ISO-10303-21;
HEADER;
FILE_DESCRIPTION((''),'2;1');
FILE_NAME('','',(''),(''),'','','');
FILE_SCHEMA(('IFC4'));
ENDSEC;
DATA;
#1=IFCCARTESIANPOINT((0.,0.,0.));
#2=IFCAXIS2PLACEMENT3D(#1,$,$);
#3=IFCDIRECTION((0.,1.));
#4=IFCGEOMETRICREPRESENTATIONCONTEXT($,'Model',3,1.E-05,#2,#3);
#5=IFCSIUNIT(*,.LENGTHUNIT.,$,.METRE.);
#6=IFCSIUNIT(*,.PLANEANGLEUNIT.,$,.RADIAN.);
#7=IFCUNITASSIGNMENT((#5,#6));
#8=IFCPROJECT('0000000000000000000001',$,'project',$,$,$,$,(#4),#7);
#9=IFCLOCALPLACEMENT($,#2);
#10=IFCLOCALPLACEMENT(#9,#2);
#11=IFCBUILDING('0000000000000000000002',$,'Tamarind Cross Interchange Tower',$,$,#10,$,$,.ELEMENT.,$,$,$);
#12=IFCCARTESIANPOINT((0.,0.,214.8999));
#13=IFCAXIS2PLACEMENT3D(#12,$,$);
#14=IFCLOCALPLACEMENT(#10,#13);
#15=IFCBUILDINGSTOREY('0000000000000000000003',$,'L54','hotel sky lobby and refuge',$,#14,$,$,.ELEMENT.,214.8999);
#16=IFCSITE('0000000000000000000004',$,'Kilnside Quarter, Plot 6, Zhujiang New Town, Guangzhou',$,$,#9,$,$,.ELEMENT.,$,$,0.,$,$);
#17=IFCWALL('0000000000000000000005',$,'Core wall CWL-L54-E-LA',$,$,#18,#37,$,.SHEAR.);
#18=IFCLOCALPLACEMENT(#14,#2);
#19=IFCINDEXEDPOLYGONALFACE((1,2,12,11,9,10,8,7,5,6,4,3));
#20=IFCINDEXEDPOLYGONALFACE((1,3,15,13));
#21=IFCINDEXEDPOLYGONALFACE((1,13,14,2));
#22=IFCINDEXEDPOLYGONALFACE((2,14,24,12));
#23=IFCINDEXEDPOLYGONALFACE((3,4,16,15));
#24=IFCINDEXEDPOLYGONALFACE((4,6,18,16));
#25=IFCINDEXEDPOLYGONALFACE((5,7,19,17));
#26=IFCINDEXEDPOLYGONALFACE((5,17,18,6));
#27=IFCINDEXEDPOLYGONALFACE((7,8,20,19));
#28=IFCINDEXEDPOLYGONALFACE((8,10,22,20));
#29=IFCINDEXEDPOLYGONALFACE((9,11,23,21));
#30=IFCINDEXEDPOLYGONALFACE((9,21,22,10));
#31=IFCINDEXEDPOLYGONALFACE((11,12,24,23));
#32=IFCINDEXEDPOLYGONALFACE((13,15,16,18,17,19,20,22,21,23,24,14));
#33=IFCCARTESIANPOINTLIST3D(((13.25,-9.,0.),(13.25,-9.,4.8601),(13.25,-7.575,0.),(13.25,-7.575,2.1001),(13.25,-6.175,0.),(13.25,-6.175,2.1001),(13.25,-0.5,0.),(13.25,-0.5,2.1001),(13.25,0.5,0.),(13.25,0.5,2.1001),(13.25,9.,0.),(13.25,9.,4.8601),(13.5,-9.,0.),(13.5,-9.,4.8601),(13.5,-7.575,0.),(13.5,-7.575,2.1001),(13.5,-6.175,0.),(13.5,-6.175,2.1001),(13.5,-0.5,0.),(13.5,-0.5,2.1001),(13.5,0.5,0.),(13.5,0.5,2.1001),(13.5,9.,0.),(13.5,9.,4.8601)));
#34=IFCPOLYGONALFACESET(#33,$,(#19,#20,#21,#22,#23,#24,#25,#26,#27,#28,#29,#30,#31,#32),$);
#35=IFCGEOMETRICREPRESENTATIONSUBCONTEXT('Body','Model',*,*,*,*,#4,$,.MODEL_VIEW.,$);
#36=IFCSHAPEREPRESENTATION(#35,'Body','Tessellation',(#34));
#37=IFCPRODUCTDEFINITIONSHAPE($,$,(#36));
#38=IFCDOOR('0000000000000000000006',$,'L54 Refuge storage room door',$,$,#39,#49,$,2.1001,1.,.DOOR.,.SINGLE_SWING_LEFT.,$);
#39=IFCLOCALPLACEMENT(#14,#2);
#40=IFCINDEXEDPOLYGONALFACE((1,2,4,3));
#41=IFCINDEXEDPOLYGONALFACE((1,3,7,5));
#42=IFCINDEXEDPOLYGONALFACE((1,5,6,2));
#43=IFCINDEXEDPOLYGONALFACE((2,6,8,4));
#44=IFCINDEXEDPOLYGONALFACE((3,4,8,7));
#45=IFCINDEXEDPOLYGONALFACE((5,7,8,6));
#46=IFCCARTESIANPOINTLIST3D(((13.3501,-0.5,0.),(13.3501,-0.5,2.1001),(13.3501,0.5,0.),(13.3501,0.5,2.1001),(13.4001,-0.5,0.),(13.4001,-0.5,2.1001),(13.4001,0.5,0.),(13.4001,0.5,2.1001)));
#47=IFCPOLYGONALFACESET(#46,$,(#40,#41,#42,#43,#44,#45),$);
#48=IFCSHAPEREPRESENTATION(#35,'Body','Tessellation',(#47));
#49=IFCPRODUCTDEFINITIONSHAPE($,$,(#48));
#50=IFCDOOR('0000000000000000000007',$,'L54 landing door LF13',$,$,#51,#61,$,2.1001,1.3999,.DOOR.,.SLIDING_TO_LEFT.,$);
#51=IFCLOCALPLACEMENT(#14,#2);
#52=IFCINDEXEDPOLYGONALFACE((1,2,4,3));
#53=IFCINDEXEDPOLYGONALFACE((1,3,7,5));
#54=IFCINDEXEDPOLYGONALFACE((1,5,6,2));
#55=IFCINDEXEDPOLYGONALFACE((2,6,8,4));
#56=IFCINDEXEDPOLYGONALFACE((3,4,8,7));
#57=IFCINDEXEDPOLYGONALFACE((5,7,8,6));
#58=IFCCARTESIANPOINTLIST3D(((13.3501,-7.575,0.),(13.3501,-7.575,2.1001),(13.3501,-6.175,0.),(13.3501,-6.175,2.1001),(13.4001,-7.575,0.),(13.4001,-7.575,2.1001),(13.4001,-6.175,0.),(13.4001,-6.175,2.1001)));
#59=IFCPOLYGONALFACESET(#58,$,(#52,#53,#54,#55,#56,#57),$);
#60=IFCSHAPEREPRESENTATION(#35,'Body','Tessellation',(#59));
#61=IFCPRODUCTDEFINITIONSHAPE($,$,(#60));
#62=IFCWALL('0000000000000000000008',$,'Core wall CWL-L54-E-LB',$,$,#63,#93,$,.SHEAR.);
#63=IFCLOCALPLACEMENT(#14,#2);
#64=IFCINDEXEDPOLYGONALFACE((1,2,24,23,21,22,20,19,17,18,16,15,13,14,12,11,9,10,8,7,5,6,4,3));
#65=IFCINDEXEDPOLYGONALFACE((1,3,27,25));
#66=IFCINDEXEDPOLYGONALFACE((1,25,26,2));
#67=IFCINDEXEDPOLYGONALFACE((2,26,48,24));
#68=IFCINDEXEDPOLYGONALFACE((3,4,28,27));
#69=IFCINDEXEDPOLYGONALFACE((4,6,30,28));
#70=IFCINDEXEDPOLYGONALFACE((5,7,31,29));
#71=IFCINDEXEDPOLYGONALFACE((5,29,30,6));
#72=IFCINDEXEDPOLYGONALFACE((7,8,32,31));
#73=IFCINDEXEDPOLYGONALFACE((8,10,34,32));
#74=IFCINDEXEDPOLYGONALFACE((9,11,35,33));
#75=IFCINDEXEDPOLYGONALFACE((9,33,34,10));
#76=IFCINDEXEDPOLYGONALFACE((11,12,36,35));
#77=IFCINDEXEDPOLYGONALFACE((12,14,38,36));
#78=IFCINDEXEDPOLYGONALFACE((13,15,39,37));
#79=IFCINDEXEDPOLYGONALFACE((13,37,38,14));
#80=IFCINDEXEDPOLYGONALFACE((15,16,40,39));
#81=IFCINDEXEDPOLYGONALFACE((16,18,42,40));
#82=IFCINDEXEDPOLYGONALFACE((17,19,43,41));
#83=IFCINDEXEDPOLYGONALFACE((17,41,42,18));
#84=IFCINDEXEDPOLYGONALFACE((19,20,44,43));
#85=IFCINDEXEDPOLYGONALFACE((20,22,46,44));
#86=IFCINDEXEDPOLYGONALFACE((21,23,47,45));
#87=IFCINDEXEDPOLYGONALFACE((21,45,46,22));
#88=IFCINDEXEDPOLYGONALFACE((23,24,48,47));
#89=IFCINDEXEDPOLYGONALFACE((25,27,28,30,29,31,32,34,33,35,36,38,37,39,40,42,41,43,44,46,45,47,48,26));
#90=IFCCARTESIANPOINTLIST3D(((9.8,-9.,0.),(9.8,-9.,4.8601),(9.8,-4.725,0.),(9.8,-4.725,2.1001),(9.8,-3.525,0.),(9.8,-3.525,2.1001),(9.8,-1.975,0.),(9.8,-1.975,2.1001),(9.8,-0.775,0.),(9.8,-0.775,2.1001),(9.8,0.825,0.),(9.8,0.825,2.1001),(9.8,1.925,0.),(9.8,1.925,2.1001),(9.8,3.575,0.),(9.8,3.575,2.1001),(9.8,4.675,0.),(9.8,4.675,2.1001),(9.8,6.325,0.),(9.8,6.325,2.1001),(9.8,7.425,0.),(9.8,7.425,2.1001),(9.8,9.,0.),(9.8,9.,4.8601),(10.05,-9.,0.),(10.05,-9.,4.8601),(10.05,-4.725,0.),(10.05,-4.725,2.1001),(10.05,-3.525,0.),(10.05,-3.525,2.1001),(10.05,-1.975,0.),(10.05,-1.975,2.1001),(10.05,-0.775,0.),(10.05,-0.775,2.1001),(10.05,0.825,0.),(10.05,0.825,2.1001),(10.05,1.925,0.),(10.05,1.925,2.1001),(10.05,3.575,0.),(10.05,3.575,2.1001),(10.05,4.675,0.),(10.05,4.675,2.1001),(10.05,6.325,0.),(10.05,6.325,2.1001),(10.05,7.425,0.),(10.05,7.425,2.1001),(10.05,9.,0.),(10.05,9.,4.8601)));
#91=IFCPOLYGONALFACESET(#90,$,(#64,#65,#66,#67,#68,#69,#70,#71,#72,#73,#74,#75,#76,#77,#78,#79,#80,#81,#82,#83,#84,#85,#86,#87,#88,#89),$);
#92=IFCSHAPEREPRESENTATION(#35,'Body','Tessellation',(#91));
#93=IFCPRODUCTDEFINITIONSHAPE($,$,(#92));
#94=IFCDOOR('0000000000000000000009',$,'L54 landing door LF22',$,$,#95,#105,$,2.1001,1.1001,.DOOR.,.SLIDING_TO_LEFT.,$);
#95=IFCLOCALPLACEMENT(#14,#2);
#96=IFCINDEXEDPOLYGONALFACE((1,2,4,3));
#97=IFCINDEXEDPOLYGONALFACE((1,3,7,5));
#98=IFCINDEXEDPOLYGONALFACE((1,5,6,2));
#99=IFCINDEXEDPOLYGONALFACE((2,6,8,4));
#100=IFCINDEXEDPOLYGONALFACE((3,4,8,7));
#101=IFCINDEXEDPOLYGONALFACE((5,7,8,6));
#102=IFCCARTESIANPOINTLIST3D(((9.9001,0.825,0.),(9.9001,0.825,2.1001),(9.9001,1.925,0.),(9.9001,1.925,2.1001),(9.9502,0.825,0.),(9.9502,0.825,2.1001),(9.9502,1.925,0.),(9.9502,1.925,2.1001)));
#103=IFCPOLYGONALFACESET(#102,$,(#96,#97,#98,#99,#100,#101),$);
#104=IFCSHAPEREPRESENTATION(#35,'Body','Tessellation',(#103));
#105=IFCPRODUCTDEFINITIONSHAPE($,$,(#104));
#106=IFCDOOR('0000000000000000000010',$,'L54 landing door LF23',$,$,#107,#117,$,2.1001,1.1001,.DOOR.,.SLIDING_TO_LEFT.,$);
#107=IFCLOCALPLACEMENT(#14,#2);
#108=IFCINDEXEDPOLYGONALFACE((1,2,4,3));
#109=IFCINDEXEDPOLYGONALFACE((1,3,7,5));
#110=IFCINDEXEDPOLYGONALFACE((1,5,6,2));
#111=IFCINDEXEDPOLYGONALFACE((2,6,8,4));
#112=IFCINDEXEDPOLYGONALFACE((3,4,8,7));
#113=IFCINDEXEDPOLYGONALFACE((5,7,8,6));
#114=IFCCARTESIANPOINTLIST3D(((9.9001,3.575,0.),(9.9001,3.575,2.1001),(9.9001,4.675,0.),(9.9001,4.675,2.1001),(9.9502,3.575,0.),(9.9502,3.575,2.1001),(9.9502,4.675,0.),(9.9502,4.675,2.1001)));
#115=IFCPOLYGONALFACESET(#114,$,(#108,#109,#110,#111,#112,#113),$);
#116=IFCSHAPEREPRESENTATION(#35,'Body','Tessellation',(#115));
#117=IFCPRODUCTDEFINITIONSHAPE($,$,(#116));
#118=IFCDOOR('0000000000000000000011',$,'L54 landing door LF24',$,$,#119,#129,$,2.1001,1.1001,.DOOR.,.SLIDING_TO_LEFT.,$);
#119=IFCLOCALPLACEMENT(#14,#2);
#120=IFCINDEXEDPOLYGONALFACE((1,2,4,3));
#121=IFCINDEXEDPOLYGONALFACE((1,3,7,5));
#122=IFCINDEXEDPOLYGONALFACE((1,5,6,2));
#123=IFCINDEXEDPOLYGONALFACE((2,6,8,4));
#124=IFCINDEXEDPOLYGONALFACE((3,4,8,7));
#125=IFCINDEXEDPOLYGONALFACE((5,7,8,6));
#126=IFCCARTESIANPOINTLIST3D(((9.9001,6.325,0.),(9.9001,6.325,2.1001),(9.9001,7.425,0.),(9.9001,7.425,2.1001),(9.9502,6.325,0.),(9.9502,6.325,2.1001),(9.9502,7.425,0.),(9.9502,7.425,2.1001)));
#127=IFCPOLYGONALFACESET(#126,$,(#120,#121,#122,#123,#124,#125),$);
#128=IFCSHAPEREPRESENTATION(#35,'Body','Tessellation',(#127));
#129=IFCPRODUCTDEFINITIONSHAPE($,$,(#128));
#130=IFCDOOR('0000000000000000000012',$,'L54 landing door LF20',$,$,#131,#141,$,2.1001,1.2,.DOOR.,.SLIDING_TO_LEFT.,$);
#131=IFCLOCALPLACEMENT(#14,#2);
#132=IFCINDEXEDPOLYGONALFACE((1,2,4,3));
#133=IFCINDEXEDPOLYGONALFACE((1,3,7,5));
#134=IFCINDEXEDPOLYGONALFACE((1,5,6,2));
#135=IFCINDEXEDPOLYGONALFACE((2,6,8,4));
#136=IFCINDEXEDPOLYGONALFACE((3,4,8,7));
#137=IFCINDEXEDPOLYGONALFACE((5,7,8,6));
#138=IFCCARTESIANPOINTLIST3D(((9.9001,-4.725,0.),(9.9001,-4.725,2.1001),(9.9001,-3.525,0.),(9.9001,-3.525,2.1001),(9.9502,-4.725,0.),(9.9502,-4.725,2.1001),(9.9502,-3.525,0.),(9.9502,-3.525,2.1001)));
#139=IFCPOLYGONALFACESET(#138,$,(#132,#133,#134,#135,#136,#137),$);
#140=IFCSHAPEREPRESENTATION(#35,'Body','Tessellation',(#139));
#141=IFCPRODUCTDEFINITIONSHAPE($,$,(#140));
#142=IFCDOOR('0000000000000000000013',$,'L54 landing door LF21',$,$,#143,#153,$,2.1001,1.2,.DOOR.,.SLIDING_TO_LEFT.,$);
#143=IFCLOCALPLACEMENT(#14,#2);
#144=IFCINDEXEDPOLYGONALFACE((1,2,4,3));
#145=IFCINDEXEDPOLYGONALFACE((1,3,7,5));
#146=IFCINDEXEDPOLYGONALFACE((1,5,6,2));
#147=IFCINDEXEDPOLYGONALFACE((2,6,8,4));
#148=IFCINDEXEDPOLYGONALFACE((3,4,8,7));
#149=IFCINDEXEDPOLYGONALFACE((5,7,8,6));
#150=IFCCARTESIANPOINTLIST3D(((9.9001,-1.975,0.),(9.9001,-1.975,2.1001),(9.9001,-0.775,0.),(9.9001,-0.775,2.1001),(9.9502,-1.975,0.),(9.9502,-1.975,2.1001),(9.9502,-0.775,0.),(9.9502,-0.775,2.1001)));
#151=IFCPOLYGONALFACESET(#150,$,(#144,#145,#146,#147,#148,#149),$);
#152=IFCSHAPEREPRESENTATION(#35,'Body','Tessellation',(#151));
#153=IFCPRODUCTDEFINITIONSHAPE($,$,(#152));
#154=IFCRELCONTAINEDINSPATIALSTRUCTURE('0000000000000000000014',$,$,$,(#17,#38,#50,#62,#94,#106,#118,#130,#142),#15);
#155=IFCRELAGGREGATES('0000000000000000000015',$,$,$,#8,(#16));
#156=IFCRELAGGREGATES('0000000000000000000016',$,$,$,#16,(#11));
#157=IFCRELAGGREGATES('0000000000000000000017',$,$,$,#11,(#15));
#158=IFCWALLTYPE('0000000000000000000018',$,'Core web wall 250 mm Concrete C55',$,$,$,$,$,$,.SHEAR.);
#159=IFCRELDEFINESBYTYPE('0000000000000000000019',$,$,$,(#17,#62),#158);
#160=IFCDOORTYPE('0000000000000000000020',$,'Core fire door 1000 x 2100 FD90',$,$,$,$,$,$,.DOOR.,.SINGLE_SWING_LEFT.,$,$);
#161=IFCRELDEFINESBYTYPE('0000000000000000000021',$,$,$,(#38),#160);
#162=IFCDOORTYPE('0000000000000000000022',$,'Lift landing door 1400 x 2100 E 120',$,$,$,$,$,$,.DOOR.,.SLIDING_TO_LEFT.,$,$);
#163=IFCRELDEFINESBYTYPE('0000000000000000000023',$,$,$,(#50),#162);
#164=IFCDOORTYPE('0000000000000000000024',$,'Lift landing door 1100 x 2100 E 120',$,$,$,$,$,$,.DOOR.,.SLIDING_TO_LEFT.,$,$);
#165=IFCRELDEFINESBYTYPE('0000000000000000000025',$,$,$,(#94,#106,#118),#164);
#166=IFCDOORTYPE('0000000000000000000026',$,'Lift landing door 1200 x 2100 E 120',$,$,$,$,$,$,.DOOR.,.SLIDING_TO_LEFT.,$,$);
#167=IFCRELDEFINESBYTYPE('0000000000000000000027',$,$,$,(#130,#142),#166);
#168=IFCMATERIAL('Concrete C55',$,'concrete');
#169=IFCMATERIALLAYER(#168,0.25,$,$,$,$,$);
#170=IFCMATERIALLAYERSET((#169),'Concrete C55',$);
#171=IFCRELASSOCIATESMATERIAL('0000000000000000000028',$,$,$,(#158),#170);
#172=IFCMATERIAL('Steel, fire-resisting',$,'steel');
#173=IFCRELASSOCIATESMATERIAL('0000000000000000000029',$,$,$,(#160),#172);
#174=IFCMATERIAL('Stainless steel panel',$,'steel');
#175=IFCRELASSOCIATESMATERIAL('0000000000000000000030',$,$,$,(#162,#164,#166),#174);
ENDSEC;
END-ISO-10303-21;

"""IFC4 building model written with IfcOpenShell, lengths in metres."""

from ifc_helpers import new_model, si_unit, direction, frame, frame_2d, origin, place, context, subcontext, project, spatial, rectangle, extrude, material, layer, layer_set, type_object, element, fill, save


model = new_model("IFC4")

# Units and contexts
model_context = context("Model", 3, precision=1e-05, world=origin(), true_north=direction((0.0, 1.0)))
body_context = subcontext(model_context, "Body", "Model", "MODEL_VIEW")
ifc_project = project(units=[si_unit("LENGTHUNIT", "METRE"), si_unit("PLANEANGLEUNIT", "RADIAN")], contexts=[model_context])

# Site, building, storey
site_placement = place(None, origin())
site = spatial("IfcSite", under=ifc_project, at=site_placement, Name="Kilnside Quarter, Plot 6, Zhujiang New Town, Guangzhou", CompositionType="ELEMENT", RefElevation=0.0)
building_placement = place(site_placement, origin())
building = spatial("IfcBuilding", under=site, at=building_placement, Name="Tamarind Cross Interchange Tower", CompositionType="ELEMENT")
storey_placement = place(building_placement, frame((0.0, 0.0, 214.8999)))
storey = spatial("IfcBuildingStorey", under=building, at=storey_placement, Name="L54", Description="hotel sky lobby and refuge", CompositionType="ELEMENT", Elevation=214.8999)

# Shared definitions
ifc_material_1 = material(Name="Concrete C55", Category="concrete")

# Shared definitions
ifc_material_2 = material(Name="Steel, fire-resisting", Category="steel")

# Shared definitions
ifc_layer_1 = layer(ifc_material_1, 0.25)
ifc_layer_set_1 = layer_set([ifc_layer_1], Name="Concrete C55")
wall_type_1 = type_object("IfcWallType", Name="Core web wall 250 mm Concrete C55", PredefinedType="SHEAR", material=ifc_layer_set_1)

# Walls, openings, doors
wall_1_placement = place(storey_placement, frame((13.375, -9.0, 0.0), z_axis=(0.0, 0.0, 1.0), x_axis=(0.0, 1.0, 0.0)))
wall_1 = element("IfcWall", 1, at=wall_1_placement, inside=storey, type_object=wall_type_1, Name="Core wall CWL-L54-E-LA", PredefinedType="SHEAR", context=body_context, shape_type="SweptSolid", body=[
    extrude(rectangle(XDim=18.0, YDim=0.25, at=frame_2d((9.0, 0.0))), origin(), (0.0, 0.0, 1.0), 4.8601),
])
opening_1_placement = place(wall_1_placement, frame((1.425, 0.0, 0.0)))
opening_1 = element("IfcOpeningElement", 2, at=opening_1_placement, cuts=wall_1, PredefinedType="OPENING", context=body_context, shape_type="SweptSolid", body=[
    extrude(rectangle(XDim=1.3999, YDim=2.1001, at=frame_2d((0.7, 1.05))), frame((0.0, 0.135, 0.0), z_axis=(0.0, -1.0, 0.0), x_axis=(1.0, 0.0, 0.0)), (0.0, 0.0, 1.0), 0.27),
])
opening_2_placement = place(wall_1_placement, frame((8.5, 0.0, 0.0)))
opening_2 = element("IfcOpeningElement", 3, at=opening_2_placement, cuts=wall_1, PredefinedType="OPENING", context=body_context, shape_type="SweptSolid", body=[
    extrude(rectangle(XDim=1.0, YDim=2.1001, at=frame_2d((0.5, 1.05))), frame((0.0, 0.135, 0.0), z_axis=(0.0, -1.0, 0.0), x_axis=(1.0, 0.0, 0.0)), (0.0, 0.0, 1.0), 0.27),
])
door_type_1 = type_object("IfcDoorType", Name="Core fire door 1000 x 2100 FD90", OperationType="SINGLE_SWING_LEFT", PredefinedType="DOOR", material=ifc_material_2)
door_1_placement = place(opening_2_placement, origin())
door_1 = element("IfcDoor", 4, at=door_1_placement, inside=storey, type_object=door_type_1, Name="L54 Refuge storage room door", OperationType="SINGLE_SWING_LEFT", OverallHeight=2.1001, OverallWidth=1.0, PredefinedType="DOOR", context=body_context, shape_type="SweptSolid", body=[
    extrude(rectangle(XDim=1.0, YDim=2.1001, at=frame_2d((0.5, 1.05))), frame((0.0, 0.0249, 0.0), z_axis=(0.0, -1.0, 0.0), x_axis=(1.0, 0.0, 0.0)), (0.0, 0.0, 1.0), 0.05),
])
fill(opening_2, door_1)
ifc_material_3 = material(Name="Stainless steel panel", Category="steel")
door_type_2 = type_object("IfcDoorType", Name="Lift landing door 1400 x 2100 E 120", OperationType="SLIDING_TO_LEFT", PredefinedType="DOOR", material=ifc_material_3)
door_2_placement = place(opening_1_placement, origin())
door_2 = element("IfcDoor", 5, at=door_2_placement, inside=storey, type_object=door_type_2, Name="L54 landing door LF13", OperationType="SLIDING_TO_LEFT", OverallHeight=2.1001, OverallWidth=1.3999, PredefinedType="DOOR", context=body_context, shape_type="SweptSolid", body=[
    extrude(rectangle(XDim=1.3999, YDim=2.1001, at=frame_2d((0.7, 1.05))), frame((0.0, 0.0249, 0.0), z_axis=(0.0, -1.0, 0.0), x_axis=(1.0, 0.0, 0.0)), (0.0, 0.0, 1.0), 0.05),
])
fill(opening_1, door_2)
wall_2_placement = place(storey_placement, frame((9.925, -9.0, 0.0), z_axis=(0.0, 0.0, 1.0), x_axis=(0.0, 1.0, 0.0)))
wall_2 = element("IfcWall", 6, at=wall_2_placement, inside=storey, type_object=wall_type_1, Name="Core wall CWL-L54-E-LB", PredefinedType="SHEAR", context=body_context, shape_type="SweptSolid", body=[
    extrude(rectangle(XDim=18.0, YDim=0.25, at=frame_2d((9.0, 0.0))), origin(), (0.0, 0.0, 1.0), 4.8601),
])
opening_3_placement = place(wall_2_placement, frame((4.2749, 0.0, 0.0)))
opening_3 = element("IfcOpeningElement", 7, at=opening_3_placement, cuts=wall_2, PredefinedType="OPENING", context=body_context, shape_type="SweptSolid", body=[
    extrude(rectangle(XDim=1.2, YDim=2.1001, at=frame_2d((0.6001, 1.05))), frame((0.0, 0.135, 0.0), z_axis=(0.0, -1.0, 0.0), x_axis=(1.0, 0.0, 0.0)), (0.0, 0.0, 1.0), 0.27),
])
opening_4_placement = place(wall_2_placement, frame((7.0249, 0.0, 0.0)))
opening_4 = element("IfcOpeningElement", 8, at=opening_4_placement, cuts=wall_2, PredefinedType="OPENING", context=body_context, shape_type="SweptSolid", body=[
    extrude(rectangle(XDim=1.2, YDim=2.1001, at=frame_2d((0.6001, 1.05))), frame((0.0, 0.135, 0.0), z_axis=(0.0, -1.0, 0.0), x_axis=(1.0, 0.0, 0.0)), (0.0, 0.0, 1.0), 0.27),
])
opening_5_placement = place(wall_2_placement, frame((9.825, 0.0, 0.0)))
opening_5 = element("IfcOpeningElement", 9, at=opening_5_placement, cuts=wall_2, PredefinedType="OPENING", context=body_context, shape_type="SweptSolid", body=[
    extrude(rectangle(XDim=1.1001, YDim=2.1001, at=frame_2d((0.55, 1.05))), frame((0.0, 0.135, 0.0), z_axis=(0.0, -1.0, 0.0), x_axis=(1.0, 0.0, 0.0)), (0.0, 0.0, 1.0), 0.27),
])
opening_6_placement = place(wall_2_placement, frame((12.575, 0.0, 0.0)))
opening_6 = element("IfcOpeningElement", 10, at=opening_6_placement, cuts=wall_2, PredefinedType="OPENING", context=body_context, shape_type="SweptSolid", body=[
    extrude(rectangle(XDim=1.1001, YDim=2.1001, at=frame_2d((0.55, 1.05))), frame((0.0, 0.135, 0.0), z_axis=(0.0, -1.0, 0.0), x_axis=(1.0, 0.0, 0.0)), (0.0, 0.0, 1.0), 0.27),
])
opening_7_placement = place(wall_2_placement, frame((15.325, 0.0, 0.0)))
opening_7 = element("IfcOpeningElement", 11, at=opening_7_placement, cuts=wall_2, PredefinedType="OPENING", context=body_context, shape_type="SweptSolid", body=[
    extrude(rectangle(XDim=1.1001, YDim=2.1001, at=frame_2d((0.55, 1.05))), frame((0.0, 0.135, 0.0), z_axis=(0.0, -1.0, 0.0), x_axis=(1.0, 0.0, 0.0)), (0.0, 0.0, 1.0), 0.27),
])
door_type_3 = type_object("IfcDoorType", Name="Lift landing door 1100 x 2100 E 120", OperationType="SLIDING_TO_LEFT", PredefinedType="DOOR", material=ifc_material_3)
door_3_placement = place(opening_5_placement, origin())
door_3 = element("IfcDoor", 12, at=door_3_placement, inside=storey, type_object=door_type_3, Name="L54 landing door LF22", OperationType="SLIDING_TO_LEFT", OverallHeight=2.1001, OverallWidth=1.1001, PredefinedType="DOOR", context=body_context, shape_type="SweptSolid", body=[
    extrude(rectangle(XDim=1.1001, YDim=2.1001, at=frame_2d((0.55, 1.05))), frame((0.0, 0.0249, 0.0), z_axis=(0.0, -1.0, 0.0), x_axis=(1.0, 0.0, 0.0)), (0.0, 0.0, 1.0), 0.05),
])
fill(opening_5, door_3)
door_4_placement = place(opening_6_placement, origin())
door_4 = element("IfcDoor", 13, at=door_4_placement, inside=storey, type_object=door_type_3, Name="L54 landing door LF23", OperationType="SLIDING_TO_LEFT", OverallHeight=2.1001, OverallWidth=1.1001, PredefinedType="DOOR", context=body_context, shape_type="SweptSolid", body=[
    extrude(rectangle(XDim=1.1001, YDim=2.1001, at=frame_2d((0.55, 1.05))), frame((0.0, 0.0249, 0.0), z_axis=(0.0, -1.0, 0.0), x_axis=(1.0, 0.0, 0.0)), (0.0, 0.0, 1.0), 0.05),
])
fill(opening_6, door_4)
door_5_placement = place(opening_7_placement, origin())
door_5 = element("IfcDoor", 14, at=door_5_placement, inside=storey, type_object=door_type_3, Name="L54 landing door LF24", OperationType="SLIDING_TO_LEFT", OverallHeight=2.1001, OverallWidth=1.1001, PredefinedType="DOOR", context=body_context, shape_type="SweptSolid", body=[
    extrude(rectangle(XDim=1.1001, YDim=2.1001, at=frame_2d((0.55, 1.05))), frame((0.0, 0.0249, 0.0), z_axis=(0.0, -1.0, 0.0), x_axis=(1.0, 0.0, 0.0)), (0.0, 0.0, 1.0), 0.05),
])
fill(opening_7, door_5)
door_type_4 = type_object("IfcDoorType", Name="Lift landing door 1200 x 2100 E 120", OperationType="SLIDING_TO_LEFT", PredefinedType="DOOR", material=ifc_material_3)
door_6_placement = place(opening_3_placement, origin())
door_6 = element("IfcDoor", 15, at=door_6_placement, inside=storey, type_object=door_type_4, Name="L54 landing door LF20", OperationType="SLIDING_TO_LEFT", OverallHeight=2.1001, OverallWidth=1.2, PredefinedType="DOOR", context=body_context, shape_type="SweptSolid", body=[
    extrude(rectangle(XDim=1.2, YDim=2.1001, at=frame_2d((0.6001, 1.05))), frame((0.0, 0.0249, 0.0), z_axis=(0.0, -1.0, 0.0), x_axis=(1.0, 0.0, 0.0)), (0.0, 0.0, 1.0), 0.05),
])
fill(opening_3, door_6)
door_7_placement = place(opening_4_placement, origin())
door_7 = element("IfcDoor", 16, at=door_7_placement, inside=storey, type_object=door_type_4, Name="L54 landing door LF21", OperationType="SLIDING_TO_LEFT", OverallHeight=2.1001, OverallWidth=1.2, PredefinedType="DOOR", context=body_context, shape_type="SweptSolid", body=[
    extrude(rectangle(XDim=1.2, YDim=2.1001, at=frame_2d((0.6001, 1.05))), frame((0.0, 0.0249, 0.0), z_axis=(0.0, -1.0, 0.0), x_axis=(1.0, 0.0, 0.0)), (0.0, 0.0, 1.0), 0.05),
])
fill(opening_4, door_7)

save(model, "model.ifc")
